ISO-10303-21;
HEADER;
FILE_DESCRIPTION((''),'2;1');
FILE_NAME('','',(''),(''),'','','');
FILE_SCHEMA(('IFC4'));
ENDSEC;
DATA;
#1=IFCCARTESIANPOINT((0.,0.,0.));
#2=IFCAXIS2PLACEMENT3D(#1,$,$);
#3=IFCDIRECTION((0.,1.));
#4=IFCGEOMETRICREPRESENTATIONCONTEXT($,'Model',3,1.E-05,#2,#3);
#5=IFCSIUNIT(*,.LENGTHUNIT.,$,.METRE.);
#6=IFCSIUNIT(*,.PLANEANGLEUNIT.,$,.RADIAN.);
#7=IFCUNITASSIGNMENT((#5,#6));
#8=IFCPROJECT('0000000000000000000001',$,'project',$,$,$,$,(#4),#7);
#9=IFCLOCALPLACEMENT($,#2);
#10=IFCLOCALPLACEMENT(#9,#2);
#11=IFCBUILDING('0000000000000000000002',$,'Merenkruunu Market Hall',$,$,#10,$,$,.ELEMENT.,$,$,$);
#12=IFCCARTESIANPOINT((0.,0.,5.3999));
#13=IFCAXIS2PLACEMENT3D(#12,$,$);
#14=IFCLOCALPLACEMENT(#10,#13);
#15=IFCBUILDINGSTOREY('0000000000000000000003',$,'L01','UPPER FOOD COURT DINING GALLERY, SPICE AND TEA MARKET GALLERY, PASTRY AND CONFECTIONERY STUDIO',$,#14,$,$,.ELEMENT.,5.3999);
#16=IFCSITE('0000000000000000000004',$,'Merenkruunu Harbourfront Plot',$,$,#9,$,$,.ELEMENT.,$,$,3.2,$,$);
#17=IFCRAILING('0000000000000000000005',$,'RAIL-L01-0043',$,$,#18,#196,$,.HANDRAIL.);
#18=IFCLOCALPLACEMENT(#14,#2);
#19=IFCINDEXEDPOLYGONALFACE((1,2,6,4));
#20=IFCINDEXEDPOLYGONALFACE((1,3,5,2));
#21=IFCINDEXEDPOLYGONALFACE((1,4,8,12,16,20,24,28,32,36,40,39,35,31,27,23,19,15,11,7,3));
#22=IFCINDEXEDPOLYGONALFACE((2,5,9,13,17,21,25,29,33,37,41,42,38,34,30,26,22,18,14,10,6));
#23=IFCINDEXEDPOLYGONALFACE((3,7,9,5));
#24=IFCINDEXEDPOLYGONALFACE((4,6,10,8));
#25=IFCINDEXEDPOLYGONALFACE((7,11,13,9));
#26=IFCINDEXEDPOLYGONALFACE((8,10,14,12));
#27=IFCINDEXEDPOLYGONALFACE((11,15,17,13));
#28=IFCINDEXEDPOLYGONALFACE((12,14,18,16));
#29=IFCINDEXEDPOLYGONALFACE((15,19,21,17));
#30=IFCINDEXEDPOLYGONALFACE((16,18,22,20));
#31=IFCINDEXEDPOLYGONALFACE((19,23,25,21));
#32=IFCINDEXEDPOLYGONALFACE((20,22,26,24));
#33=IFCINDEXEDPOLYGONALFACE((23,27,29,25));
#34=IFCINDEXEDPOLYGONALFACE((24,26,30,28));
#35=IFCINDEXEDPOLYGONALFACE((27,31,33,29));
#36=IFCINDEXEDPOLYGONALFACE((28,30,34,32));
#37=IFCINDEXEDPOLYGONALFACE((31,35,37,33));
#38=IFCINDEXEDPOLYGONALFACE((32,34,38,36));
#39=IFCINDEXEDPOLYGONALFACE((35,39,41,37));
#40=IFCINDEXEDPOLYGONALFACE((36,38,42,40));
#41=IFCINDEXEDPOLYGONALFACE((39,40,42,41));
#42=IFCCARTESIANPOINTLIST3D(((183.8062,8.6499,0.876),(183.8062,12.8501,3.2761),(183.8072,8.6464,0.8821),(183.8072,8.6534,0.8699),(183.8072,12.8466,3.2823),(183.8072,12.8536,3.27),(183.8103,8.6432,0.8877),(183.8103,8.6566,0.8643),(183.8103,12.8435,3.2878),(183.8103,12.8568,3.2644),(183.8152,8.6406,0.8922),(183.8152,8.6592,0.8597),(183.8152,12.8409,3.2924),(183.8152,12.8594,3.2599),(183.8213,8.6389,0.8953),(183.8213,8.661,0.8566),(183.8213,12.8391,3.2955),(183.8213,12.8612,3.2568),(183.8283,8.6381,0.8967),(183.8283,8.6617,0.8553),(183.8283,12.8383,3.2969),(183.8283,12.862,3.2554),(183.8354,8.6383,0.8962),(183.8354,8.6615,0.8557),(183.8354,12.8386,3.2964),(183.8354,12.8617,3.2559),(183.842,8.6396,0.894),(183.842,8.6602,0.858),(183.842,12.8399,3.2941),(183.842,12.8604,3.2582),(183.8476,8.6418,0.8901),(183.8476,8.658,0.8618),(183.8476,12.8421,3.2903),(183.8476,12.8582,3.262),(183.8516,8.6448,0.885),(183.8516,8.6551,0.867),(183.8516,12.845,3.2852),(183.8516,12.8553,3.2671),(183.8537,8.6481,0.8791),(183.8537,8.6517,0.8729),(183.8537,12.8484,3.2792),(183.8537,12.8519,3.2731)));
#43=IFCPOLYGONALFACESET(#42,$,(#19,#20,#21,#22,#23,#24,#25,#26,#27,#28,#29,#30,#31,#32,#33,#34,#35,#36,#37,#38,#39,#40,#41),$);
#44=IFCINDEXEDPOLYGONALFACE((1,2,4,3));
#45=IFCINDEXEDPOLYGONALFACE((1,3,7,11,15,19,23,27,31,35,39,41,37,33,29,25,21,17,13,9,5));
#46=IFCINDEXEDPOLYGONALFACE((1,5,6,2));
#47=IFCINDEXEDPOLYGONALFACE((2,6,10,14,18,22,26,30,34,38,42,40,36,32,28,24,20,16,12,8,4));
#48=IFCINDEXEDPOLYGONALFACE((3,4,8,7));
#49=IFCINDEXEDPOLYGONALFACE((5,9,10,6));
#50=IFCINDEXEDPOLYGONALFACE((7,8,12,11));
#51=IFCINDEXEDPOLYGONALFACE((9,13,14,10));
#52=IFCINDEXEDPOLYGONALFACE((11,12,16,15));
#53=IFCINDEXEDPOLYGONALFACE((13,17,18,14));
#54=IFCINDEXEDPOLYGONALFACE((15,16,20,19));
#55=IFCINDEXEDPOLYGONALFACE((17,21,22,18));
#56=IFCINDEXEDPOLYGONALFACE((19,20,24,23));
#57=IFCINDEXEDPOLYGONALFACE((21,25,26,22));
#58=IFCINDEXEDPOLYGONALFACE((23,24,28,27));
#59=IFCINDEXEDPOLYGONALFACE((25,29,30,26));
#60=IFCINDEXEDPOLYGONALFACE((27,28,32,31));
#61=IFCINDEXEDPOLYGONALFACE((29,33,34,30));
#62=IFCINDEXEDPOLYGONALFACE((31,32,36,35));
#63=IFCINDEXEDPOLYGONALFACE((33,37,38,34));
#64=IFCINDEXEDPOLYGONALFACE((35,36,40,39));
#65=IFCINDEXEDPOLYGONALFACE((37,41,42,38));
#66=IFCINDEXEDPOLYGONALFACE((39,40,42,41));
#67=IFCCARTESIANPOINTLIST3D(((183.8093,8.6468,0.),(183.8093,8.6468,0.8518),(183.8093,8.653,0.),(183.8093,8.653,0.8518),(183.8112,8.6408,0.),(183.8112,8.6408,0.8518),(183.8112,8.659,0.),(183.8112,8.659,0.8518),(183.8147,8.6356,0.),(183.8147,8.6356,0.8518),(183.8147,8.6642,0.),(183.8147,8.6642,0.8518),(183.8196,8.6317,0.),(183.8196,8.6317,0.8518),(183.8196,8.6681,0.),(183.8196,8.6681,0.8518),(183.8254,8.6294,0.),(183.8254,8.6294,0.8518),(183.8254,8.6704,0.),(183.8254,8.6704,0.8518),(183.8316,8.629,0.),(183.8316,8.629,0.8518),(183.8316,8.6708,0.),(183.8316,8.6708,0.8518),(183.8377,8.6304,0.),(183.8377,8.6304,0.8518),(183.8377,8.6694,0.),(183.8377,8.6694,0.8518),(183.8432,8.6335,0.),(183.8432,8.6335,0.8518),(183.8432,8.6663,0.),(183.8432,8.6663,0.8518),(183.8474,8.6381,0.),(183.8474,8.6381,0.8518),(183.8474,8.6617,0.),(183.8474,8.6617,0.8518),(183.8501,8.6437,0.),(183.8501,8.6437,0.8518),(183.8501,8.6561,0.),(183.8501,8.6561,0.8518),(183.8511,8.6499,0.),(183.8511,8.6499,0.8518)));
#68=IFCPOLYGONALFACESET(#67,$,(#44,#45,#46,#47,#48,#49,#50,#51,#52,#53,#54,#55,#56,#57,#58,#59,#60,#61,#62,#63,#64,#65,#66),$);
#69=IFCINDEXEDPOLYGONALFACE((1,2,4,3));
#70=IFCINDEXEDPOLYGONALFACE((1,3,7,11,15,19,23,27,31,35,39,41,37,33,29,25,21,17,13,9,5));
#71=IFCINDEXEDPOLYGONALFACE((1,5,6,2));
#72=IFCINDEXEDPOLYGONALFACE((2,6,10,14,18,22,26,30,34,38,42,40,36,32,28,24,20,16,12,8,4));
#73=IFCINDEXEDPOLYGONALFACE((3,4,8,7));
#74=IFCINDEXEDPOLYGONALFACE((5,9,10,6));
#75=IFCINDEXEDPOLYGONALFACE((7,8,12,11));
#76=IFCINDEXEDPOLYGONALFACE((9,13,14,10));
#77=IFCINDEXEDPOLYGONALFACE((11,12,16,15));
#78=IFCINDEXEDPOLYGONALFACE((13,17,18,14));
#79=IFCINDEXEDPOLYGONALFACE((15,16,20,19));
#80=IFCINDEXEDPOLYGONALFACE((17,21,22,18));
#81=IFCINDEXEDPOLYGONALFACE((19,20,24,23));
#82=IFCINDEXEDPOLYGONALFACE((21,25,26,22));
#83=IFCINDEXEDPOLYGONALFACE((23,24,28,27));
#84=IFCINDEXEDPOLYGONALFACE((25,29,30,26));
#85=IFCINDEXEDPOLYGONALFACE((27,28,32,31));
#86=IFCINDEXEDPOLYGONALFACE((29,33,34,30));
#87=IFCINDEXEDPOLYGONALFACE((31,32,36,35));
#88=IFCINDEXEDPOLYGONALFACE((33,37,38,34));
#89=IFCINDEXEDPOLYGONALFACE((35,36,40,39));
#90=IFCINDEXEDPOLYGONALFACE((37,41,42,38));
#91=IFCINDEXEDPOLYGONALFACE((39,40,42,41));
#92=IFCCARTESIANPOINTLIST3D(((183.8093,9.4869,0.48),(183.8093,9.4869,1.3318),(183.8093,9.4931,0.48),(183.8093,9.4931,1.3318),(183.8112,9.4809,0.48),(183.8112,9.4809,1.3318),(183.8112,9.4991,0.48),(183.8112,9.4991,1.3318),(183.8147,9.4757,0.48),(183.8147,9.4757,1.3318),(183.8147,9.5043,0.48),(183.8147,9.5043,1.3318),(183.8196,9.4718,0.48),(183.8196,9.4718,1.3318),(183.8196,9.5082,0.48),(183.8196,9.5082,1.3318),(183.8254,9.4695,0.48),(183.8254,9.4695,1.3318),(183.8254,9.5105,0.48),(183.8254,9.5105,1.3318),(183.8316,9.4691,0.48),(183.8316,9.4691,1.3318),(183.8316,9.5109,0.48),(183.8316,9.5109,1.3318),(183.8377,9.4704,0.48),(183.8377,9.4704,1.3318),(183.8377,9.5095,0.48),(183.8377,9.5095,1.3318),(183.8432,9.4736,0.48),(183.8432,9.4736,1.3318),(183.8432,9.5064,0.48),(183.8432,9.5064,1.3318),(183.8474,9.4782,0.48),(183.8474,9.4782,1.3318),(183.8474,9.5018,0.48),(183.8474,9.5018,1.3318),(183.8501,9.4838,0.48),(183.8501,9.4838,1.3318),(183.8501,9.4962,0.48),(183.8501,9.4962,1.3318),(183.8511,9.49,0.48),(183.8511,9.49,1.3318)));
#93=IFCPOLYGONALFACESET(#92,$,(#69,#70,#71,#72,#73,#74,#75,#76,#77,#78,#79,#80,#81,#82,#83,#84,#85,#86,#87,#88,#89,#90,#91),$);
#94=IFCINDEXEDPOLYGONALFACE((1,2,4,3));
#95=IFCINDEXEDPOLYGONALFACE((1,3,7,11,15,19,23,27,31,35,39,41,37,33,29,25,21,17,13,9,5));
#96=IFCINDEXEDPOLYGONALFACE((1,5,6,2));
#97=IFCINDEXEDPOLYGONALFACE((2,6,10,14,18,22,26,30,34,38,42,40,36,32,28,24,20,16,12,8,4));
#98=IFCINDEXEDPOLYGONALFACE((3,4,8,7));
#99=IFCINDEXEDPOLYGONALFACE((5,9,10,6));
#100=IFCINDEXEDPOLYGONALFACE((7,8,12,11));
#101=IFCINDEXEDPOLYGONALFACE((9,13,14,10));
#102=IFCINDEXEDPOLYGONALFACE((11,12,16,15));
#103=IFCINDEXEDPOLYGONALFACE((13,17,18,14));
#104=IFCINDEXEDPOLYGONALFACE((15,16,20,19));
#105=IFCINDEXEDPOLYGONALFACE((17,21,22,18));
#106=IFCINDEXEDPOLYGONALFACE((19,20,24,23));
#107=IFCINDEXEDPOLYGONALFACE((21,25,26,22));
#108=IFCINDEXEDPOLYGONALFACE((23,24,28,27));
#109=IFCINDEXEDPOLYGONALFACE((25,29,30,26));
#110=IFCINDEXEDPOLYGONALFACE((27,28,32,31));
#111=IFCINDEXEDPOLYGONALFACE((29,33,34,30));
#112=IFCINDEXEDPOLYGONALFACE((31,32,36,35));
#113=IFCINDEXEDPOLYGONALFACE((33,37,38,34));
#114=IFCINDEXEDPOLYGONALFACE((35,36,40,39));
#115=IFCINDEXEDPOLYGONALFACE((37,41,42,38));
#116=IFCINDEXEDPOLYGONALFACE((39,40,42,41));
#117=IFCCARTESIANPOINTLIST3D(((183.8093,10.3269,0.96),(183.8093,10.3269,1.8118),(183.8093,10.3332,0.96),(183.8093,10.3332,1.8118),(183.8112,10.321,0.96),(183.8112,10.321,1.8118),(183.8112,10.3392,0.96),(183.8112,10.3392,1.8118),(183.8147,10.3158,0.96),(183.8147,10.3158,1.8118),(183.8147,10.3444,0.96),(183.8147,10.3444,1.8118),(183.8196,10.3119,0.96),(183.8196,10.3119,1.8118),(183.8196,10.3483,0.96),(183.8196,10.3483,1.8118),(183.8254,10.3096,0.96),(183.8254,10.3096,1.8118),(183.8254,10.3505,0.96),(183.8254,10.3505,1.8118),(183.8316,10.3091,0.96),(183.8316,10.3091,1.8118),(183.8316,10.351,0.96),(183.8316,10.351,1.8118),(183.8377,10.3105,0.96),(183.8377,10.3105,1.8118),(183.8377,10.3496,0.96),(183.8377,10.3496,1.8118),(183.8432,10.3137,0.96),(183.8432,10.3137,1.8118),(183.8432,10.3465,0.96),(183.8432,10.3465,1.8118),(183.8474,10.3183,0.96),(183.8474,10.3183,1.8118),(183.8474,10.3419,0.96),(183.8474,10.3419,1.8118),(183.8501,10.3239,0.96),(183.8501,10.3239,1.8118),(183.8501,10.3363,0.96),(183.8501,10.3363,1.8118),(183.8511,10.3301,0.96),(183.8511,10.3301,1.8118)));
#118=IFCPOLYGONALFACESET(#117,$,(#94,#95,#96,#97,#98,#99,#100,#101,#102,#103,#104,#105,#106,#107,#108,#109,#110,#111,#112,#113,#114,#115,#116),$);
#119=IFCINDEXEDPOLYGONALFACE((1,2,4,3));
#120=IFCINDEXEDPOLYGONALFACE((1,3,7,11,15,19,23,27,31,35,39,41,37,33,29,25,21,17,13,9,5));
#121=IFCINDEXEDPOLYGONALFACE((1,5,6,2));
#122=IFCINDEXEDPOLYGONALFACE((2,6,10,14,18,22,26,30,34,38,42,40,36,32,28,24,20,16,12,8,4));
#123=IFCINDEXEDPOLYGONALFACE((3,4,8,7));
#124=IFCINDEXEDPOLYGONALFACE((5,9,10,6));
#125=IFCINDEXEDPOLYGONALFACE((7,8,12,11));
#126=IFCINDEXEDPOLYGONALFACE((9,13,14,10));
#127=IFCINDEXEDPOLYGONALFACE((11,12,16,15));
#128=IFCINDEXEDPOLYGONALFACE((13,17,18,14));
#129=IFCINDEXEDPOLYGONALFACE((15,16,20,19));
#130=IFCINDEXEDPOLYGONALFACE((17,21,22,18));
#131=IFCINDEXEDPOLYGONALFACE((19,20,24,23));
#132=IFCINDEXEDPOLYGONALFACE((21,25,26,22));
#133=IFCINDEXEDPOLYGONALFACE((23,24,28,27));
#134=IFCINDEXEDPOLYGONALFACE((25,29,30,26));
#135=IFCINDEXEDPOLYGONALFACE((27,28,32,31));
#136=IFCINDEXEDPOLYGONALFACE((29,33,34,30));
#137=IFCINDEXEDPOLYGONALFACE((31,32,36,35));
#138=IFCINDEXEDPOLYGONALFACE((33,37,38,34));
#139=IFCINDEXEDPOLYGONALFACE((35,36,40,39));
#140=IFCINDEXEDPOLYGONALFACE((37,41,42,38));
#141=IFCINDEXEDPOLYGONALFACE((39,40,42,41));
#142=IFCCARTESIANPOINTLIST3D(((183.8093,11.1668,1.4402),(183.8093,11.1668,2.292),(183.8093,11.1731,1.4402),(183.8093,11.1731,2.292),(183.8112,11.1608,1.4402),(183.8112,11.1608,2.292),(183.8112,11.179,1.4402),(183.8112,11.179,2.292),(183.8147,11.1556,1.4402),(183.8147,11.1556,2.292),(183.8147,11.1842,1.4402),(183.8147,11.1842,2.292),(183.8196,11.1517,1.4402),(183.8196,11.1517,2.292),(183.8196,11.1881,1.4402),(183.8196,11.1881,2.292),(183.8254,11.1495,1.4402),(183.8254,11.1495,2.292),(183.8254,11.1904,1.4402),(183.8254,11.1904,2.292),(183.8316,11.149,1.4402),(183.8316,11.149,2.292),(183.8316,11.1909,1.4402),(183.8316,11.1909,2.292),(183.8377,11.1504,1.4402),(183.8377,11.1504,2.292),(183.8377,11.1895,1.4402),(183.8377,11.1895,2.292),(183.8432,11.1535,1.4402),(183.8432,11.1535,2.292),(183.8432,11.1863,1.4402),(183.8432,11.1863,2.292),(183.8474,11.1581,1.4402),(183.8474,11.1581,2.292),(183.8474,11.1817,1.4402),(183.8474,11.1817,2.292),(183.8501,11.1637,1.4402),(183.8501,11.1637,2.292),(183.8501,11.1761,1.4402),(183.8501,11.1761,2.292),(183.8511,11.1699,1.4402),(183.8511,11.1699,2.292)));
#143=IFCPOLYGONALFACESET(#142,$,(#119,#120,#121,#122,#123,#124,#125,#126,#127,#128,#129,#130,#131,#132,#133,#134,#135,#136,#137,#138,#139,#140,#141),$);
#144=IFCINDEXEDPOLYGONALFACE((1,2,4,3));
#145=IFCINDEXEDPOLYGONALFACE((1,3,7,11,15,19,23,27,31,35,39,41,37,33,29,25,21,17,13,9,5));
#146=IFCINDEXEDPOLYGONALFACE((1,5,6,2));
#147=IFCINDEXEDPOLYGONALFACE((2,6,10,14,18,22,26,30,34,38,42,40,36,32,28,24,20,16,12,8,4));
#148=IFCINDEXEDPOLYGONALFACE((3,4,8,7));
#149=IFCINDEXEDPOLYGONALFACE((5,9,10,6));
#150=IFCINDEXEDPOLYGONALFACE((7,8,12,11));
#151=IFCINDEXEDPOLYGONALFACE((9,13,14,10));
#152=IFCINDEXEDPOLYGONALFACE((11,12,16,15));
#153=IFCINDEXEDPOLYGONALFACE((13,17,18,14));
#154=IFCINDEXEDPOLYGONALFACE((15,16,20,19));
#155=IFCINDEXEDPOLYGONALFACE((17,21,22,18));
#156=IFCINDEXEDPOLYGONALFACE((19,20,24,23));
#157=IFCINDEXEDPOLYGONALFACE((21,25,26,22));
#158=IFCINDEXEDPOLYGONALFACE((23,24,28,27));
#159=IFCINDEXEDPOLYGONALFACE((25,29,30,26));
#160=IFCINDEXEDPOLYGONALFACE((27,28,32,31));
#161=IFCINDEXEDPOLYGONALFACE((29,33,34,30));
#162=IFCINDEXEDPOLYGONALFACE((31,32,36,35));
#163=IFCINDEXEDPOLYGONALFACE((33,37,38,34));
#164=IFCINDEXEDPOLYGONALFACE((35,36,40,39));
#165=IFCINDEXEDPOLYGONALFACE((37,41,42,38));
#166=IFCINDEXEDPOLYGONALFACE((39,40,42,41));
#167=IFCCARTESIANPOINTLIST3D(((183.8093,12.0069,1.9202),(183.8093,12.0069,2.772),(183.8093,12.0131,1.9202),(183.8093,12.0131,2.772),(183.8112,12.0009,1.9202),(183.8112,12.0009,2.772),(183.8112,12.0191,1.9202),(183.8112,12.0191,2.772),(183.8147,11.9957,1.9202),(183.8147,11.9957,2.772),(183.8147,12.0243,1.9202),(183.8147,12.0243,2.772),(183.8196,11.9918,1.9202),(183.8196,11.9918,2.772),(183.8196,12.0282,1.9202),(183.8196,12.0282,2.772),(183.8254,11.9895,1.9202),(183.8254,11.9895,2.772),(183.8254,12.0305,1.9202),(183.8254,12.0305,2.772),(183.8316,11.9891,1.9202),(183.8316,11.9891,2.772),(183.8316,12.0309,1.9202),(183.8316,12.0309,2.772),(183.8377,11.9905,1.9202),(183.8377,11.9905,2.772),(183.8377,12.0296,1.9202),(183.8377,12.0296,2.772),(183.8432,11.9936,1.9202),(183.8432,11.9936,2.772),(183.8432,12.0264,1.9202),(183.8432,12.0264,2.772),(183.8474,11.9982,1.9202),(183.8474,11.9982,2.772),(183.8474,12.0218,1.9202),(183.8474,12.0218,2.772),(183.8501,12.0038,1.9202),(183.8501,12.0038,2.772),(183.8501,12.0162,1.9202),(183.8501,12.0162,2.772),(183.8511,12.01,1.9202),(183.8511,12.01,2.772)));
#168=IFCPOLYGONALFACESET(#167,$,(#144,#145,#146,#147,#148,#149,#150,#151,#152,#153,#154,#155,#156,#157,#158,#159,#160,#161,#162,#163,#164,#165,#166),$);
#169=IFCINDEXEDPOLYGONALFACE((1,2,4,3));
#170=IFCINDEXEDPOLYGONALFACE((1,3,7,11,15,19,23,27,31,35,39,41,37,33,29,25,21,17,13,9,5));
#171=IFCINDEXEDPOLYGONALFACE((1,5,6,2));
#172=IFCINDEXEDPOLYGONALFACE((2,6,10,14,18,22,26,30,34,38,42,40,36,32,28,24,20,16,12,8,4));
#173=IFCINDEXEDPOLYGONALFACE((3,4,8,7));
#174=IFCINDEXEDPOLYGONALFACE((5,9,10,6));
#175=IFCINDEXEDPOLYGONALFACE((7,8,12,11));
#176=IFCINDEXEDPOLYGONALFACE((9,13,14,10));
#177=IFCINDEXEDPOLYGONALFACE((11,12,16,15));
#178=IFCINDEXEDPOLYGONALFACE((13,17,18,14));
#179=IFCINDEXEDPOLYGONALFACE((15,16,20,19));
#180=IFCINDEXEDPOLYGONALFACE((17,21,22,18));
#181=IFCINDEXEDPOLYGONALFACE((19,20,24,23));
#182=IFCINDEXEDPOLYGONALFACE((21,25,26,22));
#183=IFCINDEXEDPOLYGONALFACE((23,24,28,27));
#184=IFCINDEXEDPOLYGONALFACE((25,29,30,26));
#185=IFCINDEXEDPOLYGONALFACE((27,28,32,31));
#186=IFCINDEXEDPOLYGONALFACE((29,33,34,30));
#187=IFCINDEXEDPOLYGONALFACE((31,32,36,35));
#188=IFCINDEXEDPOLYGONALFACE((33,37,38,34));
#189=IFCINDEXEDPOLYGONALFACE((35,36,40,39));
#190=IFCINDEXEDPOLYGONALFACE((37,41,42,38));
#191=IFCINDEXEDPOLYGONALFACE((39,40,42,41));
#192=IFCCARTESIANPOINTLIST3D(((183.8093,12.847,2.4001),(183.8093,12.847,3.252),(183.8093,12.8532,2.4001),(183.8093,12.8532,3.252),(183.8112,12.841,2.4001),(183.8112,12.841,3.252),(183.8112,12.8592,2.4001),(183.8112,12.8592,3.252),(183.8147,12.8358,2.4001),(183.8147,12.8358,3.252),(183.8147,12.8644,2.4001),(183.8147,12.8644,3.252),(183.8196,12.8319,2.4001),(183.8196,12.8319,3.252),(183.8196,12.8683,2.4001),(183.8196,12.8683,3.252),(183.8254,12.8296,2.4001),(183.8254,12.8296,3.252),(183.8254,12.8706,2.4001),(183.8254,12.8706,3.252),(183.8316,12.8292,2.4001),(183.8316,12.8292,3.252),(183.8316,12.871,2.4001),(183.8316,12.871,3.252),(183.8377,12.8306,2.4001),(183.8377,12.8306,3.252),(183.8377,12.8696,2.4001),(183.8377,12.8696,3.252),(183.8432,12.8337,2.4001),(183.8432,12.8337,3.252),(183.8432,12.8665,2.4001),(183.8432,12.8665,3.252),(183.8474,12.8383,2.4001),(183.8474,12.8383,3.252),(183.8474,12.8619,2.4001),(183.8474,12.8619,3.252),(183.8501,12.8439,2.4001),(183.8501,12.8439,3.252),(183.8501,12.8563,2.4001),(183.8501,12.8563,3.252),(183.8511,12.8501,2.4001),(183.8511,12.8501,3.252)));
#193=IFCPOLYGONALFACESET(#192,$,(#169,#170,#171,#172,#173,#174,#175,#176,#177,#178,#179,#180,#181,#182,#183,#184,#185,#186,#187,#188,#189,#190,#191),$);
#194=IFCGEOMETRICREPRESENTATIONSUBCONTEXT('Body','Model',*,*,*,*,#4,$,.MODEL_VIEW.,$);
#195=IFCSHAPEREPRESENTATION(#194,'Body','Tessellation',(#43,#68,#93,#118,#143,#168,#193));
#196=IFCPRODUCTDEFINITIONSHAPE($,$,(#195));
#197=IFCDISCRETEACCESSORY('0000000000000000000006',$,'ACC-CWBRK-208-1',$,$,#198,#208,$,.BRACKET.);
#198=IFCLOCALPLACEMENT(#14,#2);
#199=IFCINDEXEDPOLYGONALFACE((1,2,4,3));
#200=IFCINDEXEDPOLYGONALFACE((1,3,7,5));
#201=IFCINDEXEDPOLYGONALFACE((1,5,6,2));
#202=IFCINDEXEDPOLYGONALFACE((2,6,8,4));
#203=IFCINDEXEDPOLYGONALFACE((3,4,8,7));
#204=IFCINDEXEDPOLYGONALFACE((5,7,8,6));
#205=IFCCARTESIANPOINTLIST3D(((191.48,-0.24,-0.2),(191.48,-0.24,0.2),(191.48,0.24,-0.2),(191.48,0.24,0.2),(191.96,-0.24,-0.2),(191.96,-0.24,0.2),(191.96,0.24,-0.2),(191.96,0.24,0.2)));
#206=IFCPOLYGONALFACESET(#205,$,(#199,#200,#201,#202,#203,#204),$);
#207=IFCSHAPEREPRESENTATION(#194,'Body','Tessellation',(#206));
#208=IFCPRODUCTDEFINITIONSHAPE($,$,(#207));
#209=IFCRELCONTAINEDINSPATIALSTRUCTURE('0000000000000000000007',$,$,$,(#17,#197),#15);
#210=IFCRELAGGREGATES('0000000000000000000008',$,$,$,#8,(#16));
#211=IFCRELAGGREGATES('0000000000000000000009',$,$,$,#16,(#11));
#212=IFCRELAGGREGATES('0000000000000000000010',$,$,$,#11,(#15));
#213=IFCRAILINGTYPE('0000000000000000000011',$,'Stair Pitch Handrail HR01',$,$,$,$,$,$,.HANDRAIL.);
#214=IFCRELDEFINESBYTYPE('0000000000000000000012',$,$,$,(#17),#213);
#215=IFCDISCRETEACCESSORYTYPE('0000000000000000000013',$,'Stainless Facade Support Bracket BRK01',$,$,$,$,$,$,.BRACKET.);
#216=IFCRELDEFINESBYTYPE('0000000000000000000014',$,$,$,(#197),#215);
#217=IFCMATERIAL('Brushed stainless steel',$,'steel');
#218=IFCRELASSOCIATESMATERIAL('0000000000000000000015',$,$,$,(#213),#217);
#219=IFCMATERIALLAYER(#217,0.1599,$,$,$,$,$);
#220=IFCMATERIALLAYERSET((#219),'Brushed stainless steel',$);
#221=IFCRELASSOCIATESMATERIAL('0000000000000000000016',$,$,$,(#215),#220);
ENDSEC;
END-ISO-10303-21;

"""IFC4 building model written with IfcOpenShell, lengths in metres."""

from ifc_helpers import new_model, si_unit, direction, frame, origin, origin_2d, place, context, subcontext, project, spatial, rectangle, circle, extrude, material, layer, layer_set, type_object, element, save


model = new_model("IFC4")

# Units and contexts
model_context = context("Model", 3, precision=1e-05, world=origin(), true_north=direction((0.0, 1.0)))
body_context = subcontext(model_context, "Body", "Model", "MODEL_VIEW")
ifc_project = project(units=[si_unit("LENGTHUNIT", "METRE"), si_unit("PLANEANGLEUNIT", "RADIAN")], contexts=[model_context])

# Site, building, storey
site_placement = place(None, origin())
site = spatial("IfcSite", under=ifc_project, at=site_placement, Name="Merenkruunu Harbourfront Plot", CompositionType="ELEMENT", RefElevation=3.2)
building_placement = place(site_placement, origin())
building = spatial("IfcBuilding", under=site, at=building_placement, Name="Merenkruunu Market Hall", CompositionType="ELEMENT")
storey_placement = place(building_placement, frame((0.0, 0.0, 5.3999)))
storey = spatial("IfcBuildingStorey", under=building, at=storey_placement, Name="L01", Description="UPPER FOOD COURT DINING GALLERY, SPICE AND TEA MARKET GALLERY, PASTRY AND CONFECTIONERY STUDIO", CompositionType="ELEMENT", Elevation=5.3999)

# Railing
ifc_material_1 = material(Name="Brushed stainless steel", Category="steel")
railing_type = type_object("IfcRailingType", Name="Stair Pitch Handrail HR01", PredefinedType="HANDRAIL", material=ifc_material_1)
railing_placement = place(storey_placement, frame((183.8301, 8.6499, 0.0)))
element("IfcRailing", 1, at=railing_placement, inside=storey, type_object=railing_type, Name="RAIL-L01-0043", PredefinedType="HANDRAIL", context=body_context, shape_type="SweptSolid", body=[
    extrude(circle(Radius=0.0239, at=origin_2d()), frame((0.0, 0.0, 0.876), z_axis=(0.0, 0.86824, 0.496144), x_axis=(-1.0, 0.0, 0.0)), (0.0, 0.0, 1.0), 4.8376),
    extrude(circle(Radius=0.021, at=origin_2d()), origin(), (0.0, 0.0, 1.0), 0.8518),
    extrude(circle(Radius=0.021, at=origin_2d()), frame((0.0, 0.8401, 0.48)), (0.0, 0.0, 1.0), 0.8518),
    extrude(circle(Radius=0.021, at=origin_2d()), frame((0.0, 1.6802, 0.96)), (0.0, 0.0, 1.0), 0.8518),
    extrude(circle(Radius=0.021, at=origin_2d()), frame((0.0, 2.52, 1.4402)), (0.0, 0.0, 1.0), 0.8518),
    extrude(circle(Radius=0.021, at=origin_2d()), frame((0.0, 3.3601, 1.9202)), (0.0, 0.0, 1.0), 0.8518),
    extrude(circle(Radius=0.021, at=origin_2d()), frame((0.0, 4.2002, 2.4001)), (0.0, 0.0, 1.0), 0.8518),
])

# Discrete accessory
ifc_layer_1 = layer(ifc_material_1, 0.1599)
ifc_layer_set_1 = layer_set([ifc_layer_1], Name="Brushed stainless steel")
discrete_accessory_type = type_object("IfcDiscreteAccessoryType", Name="Stainless Facade Support Bracket BRK01", PredefinedType="BRACKET", material=ifc_layer_set_1)
for number, where, z_axis, x_axis, name in (
    (2, (191.72, 0.0, -0.2), (0.0, 0.0, 1.0), (1.0, 0.0, 0.0), "ACC-CWBRK-208-1"),
):
    element("IfcDiscreteAccessory", number, at=place(storey_placement, frame(where, z_axis=z_axis, x_axis=x_axis)), inside=storey, type_object=discrete_accessory_type, Name=name, PredefinedType="BRACKET", context=body_context, shape_type="SweptSolid", body=[
        extrude(rectangle(XDim=0.48, YDim=0.48, at=origin_2d()), origin(), (0.0, 0.0, 1.0), 0.3999),
    ])

save(model, "model.ifc")
